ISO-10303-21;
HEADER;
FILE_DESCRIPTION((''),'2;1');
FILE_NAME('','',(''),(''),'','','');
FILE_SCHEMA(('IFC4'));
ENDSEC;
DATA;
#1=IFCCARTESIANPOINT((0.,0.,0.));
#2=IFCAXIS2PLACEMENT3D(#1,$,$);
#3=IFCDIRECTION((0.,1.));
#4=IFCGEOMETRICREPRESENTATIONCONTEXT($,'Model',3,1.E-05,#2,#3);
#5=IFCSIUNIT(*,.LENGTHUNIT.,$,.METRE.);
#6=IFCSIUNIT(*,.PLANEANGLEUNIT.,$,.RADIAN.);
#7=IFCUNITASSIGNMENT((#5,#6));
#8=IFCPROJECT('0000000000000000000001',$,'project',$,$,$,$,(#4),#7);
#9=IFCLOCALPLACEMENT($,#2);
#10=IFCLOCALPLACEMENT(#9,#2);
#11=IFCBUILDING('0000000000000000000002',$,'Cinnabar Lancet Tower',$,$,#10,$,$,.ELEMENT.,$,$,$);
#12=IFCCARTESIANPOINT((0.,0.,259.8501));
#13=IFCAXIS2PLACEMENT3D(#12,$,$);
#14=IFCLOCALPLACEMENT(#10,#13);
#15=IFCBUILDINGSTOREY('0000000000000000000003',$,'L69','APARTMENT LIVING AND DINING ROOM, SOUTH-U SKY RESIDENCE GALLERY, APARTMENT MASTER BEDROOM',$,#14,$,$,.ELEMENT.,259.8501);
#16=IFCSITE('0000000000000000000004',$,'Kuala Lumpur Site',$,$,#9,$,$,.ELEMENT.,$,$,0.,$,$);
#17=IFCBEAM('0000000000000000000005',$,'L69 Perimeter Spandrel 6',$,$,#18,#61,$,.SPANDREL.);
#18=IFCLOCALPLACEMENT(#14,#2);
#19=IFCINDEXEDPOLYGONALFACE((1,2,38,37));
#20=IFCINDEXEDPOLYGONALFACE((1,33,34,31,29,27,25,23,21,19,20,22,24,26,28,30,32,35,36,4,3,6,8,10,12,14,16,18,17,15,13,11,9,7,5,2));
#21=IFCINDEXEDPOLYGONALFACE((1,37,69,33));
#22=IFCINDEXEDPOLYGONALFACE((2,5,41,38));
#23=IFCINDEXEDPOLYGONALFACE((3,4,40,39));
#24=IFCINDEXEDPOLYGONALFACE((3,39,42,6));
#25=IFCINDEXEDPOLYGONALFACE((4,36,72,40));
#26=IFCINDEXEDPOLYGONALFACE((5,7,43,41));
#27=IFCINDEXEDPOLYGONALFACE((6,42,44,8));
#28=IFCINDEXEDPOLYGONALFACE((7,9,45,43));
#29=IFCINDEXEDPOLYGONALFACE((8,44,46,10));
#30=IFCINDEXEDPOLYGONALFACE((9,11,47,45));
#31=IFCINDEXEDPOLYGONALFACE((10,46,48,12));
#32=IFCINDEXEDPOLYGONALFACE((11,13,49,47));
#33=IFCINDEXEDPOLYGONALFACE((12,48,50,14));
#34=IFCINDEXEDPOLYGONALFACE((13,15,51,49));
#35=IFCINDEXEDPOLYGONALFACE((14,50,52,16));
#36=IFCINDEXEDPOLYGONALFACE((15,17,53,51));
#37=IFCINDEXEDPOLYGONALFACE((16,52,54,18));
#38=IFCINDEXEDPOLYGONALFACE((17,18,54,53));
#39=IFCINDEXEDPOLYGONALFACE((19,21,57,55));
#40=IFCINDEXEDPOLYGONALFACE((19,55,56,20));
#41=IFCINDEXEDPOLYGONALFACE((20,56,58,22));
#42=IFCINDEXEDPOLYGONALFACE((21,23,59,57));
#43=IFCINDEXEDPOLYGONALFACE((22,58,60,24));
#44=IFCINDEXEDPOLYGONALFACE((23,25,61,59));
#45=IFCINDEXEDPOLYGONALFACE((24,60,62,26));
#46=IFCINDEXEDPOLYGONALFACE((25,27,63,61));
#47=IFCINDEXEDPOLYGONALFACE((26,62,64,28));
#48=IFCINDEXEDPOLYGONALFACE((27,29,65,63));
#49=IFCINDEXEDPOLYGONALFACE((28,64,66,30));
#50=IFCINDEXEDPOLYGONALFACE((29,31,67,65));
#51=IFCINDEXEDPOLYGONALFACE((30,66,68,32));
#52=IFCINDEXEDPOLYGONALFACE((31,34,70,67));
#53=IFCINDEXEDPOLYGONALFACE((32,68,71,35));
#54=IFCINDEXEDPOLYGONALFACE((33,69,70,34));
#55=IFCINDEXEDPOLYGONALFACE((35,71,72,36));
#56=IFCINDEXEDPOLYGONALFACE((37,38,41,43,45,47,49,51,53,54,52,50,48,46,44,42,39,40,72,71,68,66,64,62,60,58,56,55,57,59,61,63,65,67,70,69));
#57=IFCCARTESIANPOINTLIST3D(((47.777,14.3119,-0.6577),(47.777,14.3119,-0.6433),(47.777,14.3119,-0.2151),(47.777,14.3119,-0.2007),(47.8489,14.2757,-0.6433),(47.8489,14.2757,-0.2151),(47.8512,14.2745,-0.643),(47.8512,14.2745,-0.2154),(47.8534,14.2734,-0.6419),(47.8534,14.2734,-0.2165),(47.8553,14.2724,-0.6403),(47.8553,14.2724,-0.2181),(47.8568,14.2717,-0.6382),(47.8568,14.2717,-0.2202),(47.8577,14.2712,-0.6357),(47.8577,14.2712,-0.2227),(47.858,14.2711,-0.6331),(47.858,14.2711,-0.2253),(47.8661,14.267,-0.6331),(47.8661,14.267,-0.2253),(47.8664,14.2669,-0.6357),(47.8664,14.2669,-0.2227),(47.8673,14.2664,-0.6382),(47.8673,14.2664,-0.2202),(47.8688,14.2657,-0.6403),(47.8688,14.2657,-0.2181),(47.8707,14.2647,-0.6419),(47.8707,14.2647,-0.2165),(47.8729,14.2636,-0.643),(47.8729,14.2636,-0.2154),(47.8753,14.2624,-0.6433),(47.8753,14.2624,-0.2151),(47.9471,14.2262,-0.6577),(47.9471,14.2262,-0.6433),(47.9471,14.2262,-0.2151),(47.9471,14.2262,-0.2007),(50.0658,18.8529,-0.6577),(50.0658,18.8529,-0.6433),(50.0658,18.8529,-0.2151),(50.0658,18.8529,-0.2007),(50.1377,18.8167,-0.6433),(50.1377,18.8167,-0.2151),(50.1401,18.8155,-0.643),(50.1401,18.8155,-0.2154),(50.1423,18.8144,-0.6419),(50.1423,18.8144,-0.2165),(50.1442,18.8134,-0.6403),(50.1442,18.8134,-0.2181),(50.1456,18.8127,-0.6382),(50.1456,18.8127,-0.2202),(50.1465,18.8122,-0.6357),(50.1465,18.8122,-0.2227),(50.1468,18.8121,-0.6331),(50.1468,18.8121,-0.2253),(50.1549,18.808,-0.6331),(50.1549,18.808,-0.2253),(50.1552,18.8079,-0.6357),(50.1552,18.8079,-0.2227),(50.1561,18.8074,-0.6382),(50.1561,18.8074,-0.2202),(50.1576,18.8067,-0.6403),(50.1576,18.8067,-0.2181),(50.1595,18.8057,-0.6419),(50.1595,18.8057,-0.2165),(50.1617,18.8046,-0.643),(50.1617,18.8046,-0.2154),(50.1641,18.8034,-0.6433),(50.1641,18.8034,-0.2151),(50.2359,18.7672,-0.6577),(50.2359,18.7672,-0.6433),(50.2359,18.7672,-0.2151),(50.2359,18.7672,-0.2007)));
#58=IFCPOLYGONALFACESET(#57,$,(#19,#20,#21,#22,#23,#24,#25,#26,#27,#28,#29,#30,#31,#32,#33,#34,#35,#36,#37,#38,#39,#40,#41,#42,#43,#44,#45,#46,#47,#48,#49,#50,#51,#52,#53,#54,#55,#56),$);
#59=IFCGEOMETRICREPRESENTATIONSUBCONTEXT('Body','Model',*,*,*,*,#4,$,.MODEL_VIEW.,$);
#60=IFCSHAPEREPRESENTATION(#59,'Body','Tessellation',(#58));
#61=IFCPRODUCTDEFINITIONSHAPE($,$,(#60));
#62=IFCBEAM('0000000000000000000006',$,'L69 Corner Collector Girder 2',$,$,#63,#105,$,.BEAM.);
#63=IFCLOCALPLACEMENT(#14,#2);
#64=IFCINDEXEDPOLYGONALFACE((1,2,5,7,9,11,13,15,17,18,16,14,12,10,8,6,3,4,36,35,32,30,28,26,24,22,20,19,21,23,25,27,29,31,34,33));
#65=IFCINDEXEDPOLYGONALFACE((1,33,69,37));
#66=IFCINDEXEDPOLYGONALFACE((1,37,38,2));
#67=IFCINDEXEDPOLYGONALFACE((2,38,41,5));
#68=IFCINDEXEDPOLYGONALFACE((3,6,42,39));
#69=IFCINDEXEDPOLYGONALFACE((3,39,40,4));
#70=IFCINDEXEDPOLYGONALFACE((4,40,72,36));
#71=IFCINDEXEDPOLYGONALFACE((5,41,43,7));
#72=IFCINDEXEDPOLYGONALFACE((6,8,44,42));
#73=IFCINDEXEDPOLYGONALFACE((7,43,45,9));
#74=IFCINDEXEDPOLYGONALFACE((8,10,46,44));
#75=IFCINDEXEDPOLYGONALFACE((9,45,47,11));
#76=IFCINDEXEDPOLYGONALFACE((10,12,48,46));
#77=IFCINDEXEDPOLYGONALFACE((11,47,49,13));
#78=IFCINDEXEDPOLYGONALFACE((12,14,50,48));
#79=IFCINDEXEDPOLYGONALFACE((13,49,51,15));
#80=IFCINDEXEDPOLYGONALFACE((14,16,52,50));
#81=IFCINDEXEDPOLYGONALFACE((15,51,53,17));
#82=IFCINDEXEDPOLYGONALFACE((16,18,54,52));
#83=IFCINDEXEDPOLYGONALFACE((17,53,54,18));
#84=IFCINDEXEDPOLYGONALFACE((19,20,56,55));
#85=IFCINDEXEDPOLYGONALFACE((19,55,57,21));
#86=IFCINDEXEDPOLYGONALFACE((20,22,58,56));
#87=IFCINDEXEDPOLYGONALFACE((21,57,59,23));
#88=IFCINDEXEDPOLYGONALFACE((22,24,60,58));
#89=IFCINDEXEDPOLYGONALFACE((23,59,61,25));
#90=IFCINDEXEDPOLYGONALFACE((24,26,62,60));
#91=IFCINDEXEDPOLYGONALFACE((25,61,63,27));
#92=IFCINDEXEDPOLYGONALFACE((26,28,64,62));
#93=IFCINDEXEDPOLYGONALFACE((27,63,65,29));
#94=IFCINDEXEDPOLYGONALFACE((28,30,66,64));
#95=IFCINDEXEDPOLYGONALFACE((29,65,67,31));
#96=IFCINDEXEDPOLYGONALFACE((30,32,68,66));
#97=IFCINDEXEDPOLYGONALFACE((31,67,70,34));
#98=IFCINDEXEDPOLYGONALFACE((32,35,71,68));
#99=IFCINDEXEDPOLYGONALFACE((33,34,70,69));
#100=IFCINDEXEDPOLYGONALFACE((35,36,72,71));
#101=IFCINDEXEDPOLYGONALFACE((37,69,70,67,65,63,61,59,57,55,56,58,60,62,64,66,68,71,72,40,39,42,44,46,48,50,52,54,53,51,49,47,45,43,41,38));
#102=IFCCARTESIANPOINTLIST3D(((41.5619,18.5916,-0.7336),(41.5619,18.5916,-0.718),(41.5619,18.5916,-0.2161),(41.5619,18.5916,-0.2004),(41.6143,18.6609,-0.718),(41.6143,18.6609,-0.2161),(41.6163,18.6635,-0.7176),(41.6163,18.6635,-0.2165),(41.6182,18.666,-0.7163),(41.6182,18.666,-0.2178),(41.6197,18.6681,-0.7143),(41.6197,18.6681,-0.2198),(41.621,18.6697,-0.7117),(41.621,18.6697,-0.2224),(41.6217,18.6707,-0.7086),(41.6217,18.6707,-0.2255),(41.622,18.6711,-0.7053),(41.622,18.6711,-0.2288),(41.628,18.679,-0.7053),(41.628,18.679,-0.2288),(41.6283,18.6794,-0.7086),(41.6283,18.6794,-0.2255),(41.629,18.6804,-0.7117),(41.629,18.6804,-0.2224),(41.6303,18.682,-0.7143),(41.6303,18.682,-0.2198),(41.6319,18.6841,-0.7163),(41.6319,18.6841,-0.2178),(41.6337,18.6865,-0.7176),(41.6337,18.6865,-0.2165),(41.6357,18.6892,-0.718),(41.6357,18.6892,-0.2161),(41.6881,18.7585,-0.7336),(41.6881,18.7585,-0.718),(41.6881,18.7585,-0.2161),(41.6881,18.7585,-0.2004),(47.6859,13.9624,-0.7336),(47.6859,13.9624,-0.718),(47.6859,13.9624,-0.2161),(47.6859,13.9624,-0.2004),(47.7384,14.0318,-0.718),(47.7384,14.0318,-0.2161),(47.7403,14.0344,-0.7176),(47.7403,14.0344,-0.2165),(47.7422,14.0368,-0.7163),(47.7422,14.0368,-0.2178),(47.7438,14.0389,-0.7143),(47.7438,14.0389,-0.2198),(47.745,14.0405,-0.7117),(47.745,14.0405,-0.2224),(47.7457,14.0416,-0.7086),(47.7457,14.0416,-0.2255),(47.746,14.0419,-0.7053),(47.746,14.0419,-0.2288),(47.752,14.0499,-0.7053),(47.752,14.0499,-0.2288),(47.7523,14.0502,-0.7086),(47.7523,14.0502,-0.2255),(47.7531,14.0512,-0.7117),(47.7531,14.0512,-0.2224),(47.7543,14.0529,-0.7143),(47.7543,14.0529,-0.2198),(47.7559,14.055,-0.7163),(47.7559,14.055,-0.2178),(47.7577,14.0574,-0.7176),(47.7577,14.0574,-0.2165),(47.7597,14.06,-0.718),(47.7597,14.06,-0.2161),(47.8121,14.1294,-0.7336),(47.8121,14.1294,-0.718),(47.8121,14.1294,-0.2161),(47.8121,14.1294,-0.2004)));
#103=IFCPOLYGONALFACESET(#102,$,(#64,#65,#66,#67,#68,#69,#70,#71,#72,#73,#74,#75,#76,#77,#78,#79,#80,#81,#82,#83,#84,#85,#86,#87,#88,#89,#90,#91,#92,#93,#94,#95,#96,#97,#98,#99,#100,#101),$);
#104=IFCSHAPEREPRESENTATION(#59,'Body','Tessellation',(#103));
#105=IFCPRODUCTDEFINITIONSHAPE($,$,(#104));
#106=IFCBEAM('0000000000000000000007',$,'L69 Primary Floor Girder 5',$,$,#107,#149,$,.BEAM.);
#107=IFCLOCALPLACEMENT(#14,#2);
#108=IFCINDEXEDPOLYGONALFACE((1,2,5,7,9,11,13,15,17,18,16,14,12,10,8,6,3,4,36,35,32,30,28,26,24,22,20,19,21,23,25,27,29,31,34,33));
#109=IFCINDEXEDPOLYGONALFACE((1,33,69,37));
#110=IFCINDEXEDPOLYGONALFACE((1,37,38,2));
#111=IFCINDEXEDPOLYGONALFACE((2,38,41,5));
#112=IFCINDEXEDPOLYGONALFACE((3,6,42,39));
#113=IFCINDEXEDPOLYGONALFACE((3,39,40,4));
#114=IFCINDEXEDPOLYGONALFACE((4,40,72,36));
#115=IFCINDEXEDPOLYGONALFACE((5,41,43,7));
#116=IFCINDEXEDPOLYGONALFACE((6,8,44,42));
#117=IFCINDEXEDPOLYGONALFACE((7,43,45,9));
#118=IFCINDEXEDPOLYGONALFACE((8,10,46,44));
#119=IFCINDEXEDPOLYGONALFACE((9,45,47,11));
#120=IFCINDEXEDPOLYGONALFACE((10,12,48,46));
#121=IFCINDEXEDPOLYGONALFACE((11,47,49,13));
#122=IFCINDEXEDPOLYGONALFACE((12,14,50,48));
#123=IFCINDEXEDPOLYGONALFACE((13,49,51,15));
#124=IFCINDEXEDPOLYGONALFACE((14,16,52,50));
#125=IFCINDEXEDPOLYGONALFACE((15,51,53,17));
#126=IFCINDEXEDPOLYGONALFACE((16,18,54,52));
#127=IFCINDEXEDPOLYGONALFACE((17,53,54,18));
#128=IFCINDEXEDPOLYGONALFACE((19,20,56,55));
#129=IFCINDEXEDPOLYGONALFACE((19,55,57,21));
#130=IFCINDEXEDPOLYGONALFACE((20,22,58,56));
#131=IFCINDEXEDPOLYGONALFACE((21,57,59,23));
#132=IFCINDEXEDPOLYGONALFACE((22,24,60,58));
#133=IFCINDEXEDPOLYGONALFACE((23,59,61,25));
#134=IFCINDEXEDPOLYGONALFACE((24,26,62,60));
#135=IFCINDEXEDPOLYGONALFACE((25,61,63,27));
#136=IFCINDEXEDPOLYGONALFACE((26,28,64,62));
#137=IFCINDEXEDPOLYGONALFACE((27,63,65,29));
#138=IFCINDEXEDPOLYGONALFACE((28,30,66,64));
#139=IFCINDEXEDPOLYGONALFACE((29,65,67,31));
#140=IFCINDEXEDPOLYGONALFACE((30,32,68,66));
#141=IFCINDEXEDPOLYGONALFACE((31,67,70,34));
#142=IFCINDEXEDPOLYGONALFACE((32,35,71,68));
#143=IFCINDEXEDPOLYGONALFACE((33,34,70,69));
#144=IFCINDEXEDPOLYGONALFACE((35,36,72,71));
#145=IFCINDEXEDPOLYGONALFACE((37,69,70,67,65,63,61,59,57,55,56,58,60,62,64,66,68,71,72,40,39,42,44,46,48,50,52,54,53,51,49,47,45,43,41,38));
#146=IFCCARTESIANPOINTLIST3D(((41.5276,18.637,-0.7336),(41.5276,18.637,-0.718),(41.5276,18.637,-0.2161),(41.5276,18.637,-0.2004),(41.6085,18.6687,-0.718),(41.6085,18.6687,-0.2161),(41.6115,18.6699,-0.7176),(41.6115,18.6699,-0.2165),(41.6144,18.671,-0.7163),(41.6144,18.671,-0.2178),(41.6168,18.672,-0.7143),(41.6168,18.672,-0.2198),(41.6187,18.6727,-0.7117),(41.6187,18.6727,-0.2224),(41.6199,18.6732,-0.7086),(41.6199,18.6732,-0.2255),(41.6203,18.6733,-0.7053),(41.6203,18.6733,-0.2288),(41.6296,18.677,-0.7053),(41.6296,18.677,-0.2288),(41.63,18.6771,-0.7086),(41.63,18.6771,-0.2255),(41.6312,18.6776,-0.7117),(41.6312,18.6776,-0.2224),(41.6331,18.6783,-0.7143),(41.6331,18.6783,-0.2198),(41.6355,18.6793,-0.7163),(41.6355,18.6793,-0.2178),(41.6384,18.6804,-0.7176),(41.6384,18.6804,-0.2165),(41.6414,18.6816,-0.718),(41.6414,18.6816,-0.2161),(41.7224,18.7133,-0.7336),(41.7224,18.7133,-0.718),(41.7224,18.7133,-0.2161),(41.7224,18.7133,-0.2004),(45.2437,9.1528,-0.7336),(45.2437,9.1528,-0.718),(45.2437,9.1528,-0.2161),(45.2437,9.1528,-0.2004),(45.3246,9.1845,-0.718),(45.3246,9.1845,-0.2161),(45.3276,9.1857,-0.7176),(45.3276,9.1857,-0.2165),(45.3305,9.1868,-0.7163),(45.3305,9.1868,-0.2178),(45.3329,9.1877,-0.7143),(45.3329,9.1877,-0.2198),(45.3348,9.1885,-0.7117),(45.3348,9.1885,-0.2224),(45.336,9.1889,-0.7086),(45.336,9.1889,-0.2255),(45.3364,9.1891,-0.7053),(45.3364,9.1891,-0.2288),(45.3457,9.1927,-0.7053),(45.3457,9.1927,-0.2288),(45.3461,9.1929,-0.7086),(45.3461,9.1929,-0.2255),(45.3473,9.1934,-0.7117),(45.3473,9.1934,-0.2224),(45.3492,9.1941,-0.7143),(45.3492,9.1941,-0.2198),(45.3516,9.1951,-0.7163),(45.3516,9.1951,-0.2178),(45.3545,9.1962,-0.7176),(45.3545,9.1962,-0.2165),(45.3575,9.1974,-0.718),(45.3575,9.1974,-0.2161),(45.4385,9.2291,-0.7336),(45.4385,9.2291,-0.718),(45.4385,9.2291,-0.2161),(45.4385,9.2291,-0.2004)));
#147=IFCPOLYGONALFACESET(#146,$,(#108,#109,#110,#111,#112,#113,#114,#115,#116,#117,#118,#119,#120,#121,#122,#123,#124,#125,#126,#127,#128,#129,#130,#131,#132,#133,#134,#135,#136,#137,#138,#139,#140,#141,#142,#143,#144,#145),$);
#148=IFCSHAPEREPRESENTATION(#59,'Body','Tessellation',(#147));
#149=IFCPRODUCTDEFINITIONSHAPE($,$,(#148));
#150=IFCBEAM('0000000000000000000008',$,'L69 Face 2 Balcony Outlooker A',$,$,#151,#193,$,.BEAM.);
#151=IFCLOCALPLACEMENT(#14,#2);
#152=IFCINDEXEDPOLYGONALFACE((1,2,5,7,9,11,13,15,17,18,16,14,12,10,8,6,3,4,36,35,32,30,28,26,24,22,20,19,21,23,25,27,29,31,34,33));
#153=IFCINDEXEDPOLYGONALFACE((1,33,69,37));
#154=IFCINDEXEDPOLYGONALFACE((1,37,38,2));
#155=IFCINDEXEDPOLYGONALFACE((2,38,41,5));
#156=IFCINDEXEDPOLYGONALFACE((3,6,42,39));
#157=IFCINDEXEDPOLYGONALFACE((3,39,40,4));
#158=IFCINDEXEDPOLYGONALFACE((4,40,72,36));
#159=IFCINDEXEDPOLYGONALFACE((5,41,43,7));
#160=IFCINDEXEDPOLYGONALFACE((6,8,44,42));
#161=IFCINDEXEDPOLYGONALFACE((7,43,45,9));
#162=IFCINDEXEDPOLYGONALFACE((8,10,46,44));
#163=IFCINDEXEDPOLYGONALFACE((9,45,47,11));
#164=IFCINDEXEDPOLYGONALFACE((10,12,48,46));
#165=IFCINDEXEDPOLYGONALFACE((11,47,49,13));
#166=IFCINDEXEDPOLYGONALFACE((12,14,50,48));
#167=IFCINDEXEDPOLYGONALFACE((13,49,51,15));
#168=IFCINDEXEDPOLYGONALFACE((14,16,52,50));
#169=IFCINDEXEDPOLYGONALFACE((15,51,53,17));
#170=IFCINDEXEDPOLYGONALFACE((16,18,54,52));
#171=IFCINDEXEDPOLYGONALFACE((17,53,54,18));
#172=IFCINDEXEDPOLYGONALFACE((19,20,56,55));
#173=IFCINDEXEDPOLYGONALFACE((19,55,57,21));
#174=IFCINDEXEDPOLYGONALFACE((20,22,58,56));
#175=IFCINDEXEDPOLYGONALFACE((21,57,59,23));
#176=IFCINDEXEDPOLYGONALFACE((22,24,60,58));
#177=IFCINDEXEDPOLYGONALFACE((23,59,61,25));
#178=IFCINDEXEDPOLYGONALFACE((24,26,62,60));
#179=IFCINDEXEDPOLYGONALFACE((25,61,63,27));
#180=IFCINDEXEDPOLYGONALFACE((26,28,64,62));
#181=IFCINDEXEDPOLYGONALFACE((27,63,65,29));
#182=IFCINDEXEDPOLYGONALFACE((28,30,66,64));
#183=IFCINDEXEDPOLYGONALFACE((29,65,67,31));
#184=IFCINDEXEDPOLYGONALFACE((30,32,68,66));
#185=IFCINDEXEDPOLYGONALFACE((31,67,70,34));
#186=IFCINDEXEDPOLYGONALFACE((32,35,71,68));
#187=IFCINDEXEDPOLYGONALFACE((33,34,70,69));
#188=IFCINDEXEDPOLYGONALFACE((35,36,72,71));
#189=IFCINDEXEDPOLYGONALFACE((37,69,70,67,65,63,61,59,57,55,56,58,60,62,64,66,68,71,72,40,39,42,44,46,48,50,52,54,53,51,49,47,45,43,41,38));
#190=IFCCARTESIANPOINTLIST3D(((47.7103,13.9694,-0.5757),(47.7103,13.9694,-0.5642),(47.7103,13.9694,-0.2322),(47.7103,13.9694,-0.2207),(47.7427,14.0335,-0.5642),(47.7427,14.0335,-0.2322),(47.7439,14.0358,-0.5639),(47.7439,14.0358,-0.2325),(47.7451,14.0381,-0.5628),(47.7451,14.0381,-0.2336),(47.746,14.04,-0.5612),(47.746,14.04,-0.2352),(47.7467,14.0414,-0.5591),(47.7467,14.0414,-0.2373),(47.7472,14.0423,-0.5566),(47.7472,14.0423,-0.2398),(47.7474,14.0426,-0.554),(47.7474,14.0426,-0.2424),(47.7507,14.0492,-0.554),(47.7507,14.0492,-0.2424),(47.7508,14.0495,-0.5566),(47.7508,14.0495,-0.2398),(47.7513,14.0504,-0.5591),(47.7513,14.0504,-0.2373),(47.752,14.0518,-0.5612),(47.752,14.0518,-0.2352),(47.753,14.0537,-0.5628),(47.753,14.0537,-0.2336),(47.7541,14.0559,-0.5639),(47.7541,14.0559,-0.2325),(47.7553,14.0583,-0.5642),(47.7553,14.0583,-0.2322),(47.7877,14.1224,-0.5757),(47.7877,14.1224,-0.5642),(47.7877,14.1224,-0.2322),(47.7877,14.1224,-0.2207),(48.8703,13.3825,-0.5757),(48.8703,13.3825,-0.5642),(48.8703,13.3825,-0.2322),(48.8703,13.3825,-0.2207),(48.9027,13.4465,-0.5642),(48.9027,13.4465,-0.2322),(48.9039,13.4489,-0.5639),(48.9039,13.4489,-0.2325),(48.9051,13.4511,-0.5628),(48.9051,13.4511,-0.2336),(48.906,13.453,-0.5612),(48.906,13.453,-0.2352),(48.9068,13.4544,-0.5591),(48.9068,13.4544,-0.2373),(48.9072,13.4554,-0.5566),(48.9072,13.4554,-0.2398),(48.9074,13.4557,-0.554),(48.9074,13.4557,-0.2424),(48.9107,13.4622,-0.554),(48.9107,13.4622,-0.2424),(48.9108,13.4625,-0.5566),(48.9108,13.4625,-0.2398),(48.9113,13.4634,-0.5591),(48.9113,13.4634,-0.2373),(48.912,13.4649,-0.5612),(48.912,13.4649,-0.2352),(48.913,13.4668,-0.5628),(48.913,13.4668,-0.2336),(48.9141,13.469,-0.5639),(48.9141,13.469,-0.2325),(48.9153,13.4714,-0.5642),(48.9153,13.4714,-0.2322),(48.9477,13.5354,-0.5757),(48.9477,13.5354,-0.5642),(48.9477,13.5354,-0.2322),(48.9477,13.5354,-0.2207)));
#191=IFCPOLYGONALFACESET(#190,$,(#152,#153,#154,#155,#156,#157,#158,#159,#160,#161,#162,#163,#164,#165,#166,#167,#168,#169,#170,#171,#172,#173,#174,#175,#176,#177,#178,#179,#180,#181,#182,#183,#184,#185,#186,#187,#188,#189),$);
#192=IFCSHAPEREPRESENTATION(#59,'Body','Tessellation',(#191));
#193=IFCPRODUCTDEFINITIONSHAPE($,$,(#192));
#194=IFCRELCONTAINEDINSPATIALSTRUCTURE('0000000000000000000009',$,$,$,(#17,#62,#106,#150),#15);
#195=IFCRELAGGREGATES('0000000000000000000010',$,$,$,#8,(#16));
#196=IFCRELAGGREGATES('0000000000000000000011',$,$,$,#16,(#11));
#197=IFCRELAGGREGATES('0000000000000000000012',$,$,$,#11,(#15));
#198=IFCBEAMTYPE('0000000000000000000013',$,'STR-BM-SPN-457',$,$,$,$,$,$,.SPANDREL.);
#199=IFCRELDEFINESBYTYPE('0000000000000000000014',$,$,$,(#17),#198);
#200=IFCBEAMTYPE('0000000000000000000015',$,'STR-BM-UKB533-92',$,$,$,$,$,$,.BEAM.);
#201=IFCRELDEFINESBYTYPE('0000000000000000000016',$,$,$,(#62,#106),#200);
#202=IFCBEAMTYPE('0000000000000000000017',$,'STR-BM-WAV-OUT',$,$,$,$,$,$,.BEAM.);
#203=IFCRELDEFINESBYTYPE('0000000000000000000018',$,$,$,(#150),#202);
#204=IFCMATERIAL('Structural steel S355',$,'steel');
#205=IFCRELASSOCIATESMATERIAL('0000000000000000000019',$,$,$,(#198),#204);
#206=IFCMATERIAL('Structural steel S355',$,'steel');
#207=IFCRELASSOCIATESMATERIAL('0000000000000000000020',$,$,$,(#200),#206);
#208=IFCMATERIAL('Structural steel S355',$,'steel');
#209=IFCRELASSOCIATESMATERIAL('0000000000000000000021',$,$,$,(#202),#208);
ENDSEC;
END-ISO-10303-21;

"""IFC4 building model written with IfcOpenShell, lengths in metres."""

from ifc_helpers import new_model, si_unit, direction, frame, origin, origin_2d, place, context, subcontext, project, spatial, i_section, extrude, material, material_profile, profile_set, type_object, element, save


model = new_model("IFC4")

# Units and contexts
model_context = context("Model", 3, precision=1e-05, world=origin(), true_north=direction((0.0, 1.0)))
body_context = subcontext(model_context, "Body", "Model", "MODEL_VIEW")
ifc_project = project(units=[si_unit("LENGTHUNIT", "METRE"), si_unit("PLANEANGLEUNIT", "RADIAN")], contexts=[model_context])

# Site, building, storey
site_placement = place(None, origin())
site = spatial("IfcSite", under=ifc_project, at=site_placement, Name="Kuala Lumpur Site", CompositionType="ELEMENT", RefElevation=0.0)
building_placement = place(site_placement, origin())
building = spatial("IfcBuilding", under=site, at=building_placement, Name="Cinnabar Lancet Tower", CompositionType="ELEMENT")
storey_placement = place(building_placement, frame((0.0, 0.0, 259.8501)))
storey = spatial("IfcBuildingStorey", under=building, at=storey_placement, Name="L69", Description="APARTMENT LIVING AND DINING ROOM, SOUTH-U SKY RESIDENCE GALLERY, APARTMENT MASTER BEDROOM", CompositionType="ELEMENT", Elevation=259.8501)

# Beams
ifc_material_1 = material(Name="Structural steel S355", Category="steel")
ifc_material_profile_1 = material_profile(ifc_material_1, i_section(OverallWidth=0.1904, OverallDepth=0.457, WebThickness=0.009, FlangeThickness=0.0144, FilletRadius=0.0103, at=origin_2d()), Name="UKB 457x191x74")
ifc_profile_set_1 = profile_set([ifc_material_profile_1], Name="Structural steel S355")
beam_type_1 = type_object("IfcBeamType", Name="STR-BM-SPN-457", PredefinedType="SPANDREL", material=ifc_profile_set_1)
beam_1_placement = place(storey_placement, frame((47.8621, 14.269, -0.4292), z_axis=(0.450092, 0.892982, 0.0), x_axis=(-0.892982, 0.450092, 0.0)))
element("IfcBeam", 1, at=beam_1_placement, inside=storey, type_object=beam_type_1, Name="L69 Perimeter Spandrel 6", PredefinedType="SPANDREL", context=body_context, shape_type="SweptSolid", body=[
    extrude(i_section(OverallWidth=0.1904, OverallDepth=0.457, WebThickness=0.009, FlangeThickness=0.0144, FilletRadius=0.0103, at=origin_2d()), origin(), (0.0, 0.0, 1.0), 5.0852),
])
ifc_material_2 = material(Name="Structural steel S355", Category="steel")
ifc_material_profile_2 = material_profile(ifc_material_2, i_section(OverallWidth=0.2092, OverallDepth=0.5332, WebThickness=0.01, FlangeThickness=0.0156, FilletRadius=0.0127, at=origin_2d()), Name="UKB 533x210x92")
ifc_profile_set_2 = profile_set([ifc_material_profile_2], Name="Structural steel S355")
beam_type_2 = type_object("IfcBeamType", Name="STR-BM-UKB533-92", PredefinedType="BEAM", material=ifc_profile_set_2)
beam_2_placement = place(storey_placement, frame((47.749, 14.0459, -0.467), z_axis=(-0.797735, 0.603008, 0.0), x_axis=(-0.603008, -0.797735, 0.0)))
element("IfcBeam", 2, at=beam_2_placement, inside=storey, type_object=beam_type_2, Name="L69 Corner Collector Girder 2", PredefinedType="BEAM", context=body_context, shape_type="SweptSolid", body=[
    extrude(i_section(OverallWidth=0.2092, OverallDepth=0.5332, WebThickness=0.01, FlangeThickness=0.0156, FilletRadius=0.0127, at=origin_2d()), origin(), (0.0, 0.0, 1.0), 7.6768),
])
beam_3_placement = place(storey_placement, frame((45.3411, 9.1909, -0.467), z_axis=(-0.364815, 0.93108, 0.0), x_axis=(-0.93108, -0.364815, 0.0)))
element("IfcBeam", 3, at=beam_3_placement, inside=storey, type_object=beam_type_2, Name="L69 Primary Floor Girder 5", PredefinedType="BEAM", context=body_context, shape_type="SweptSolid", body=[
    extrude(i_section(OverallWidth=0.2092, OverallDepth=0.5332, WebThickness=0.01, FlangeThickness=0.0156, FilletRadius=0.0127, at=origin_2d()), origin(), (0.0, 0.0, 1.0), 10.1863),
])
ifc_material_3 = material(Name="Structural steel S355", Category="steel")
ifc_material_profile_3 = material_profile(ifc_material_3, i_section(OverallWidth=0.1714, OverallDepth=0.355, WebThickness=0.0073, FlangeThickness=0.0115, FilletRadius=0.0103, at=origin_2d()), Name="UKB 356x171x51")
ifc_profile_set_3 = profile_set([ifc_material_profile_3], Name="Structural steel S355")
beam_type_3 = type_object("IfcBeamType", Name="STR-BM-WAV-OUT", PredefinedType="BEAM", material=ifc_profile_set_3)
beam_4_placement = place(storey_placement, frame((47.749, 14.0459, -0.3982), z_axis=(0.892276, -0.45149, 0.0), x_axis=(0.45149, 0.892276, 0.0)))
element("IfcBeam", 4, at=beam_4_placement, inside=storey, type_object=beam_type_3, Name="L69 Face 2 Balcony Outlooker A", PredefinedType="BEAM", context=body_context, shape_type="SweptSolid", body=[
    extrude(i_section(OverallWidth=0.1714, OverallDepth=0.355, WebThickness=0.0073, FlangeThickness=0.0115, FilletRadius=0.0103, at=origin_2d()), origin(), (0.0, 0.0, 1.0), 1.3),
])

save(model, "model.ifc")
